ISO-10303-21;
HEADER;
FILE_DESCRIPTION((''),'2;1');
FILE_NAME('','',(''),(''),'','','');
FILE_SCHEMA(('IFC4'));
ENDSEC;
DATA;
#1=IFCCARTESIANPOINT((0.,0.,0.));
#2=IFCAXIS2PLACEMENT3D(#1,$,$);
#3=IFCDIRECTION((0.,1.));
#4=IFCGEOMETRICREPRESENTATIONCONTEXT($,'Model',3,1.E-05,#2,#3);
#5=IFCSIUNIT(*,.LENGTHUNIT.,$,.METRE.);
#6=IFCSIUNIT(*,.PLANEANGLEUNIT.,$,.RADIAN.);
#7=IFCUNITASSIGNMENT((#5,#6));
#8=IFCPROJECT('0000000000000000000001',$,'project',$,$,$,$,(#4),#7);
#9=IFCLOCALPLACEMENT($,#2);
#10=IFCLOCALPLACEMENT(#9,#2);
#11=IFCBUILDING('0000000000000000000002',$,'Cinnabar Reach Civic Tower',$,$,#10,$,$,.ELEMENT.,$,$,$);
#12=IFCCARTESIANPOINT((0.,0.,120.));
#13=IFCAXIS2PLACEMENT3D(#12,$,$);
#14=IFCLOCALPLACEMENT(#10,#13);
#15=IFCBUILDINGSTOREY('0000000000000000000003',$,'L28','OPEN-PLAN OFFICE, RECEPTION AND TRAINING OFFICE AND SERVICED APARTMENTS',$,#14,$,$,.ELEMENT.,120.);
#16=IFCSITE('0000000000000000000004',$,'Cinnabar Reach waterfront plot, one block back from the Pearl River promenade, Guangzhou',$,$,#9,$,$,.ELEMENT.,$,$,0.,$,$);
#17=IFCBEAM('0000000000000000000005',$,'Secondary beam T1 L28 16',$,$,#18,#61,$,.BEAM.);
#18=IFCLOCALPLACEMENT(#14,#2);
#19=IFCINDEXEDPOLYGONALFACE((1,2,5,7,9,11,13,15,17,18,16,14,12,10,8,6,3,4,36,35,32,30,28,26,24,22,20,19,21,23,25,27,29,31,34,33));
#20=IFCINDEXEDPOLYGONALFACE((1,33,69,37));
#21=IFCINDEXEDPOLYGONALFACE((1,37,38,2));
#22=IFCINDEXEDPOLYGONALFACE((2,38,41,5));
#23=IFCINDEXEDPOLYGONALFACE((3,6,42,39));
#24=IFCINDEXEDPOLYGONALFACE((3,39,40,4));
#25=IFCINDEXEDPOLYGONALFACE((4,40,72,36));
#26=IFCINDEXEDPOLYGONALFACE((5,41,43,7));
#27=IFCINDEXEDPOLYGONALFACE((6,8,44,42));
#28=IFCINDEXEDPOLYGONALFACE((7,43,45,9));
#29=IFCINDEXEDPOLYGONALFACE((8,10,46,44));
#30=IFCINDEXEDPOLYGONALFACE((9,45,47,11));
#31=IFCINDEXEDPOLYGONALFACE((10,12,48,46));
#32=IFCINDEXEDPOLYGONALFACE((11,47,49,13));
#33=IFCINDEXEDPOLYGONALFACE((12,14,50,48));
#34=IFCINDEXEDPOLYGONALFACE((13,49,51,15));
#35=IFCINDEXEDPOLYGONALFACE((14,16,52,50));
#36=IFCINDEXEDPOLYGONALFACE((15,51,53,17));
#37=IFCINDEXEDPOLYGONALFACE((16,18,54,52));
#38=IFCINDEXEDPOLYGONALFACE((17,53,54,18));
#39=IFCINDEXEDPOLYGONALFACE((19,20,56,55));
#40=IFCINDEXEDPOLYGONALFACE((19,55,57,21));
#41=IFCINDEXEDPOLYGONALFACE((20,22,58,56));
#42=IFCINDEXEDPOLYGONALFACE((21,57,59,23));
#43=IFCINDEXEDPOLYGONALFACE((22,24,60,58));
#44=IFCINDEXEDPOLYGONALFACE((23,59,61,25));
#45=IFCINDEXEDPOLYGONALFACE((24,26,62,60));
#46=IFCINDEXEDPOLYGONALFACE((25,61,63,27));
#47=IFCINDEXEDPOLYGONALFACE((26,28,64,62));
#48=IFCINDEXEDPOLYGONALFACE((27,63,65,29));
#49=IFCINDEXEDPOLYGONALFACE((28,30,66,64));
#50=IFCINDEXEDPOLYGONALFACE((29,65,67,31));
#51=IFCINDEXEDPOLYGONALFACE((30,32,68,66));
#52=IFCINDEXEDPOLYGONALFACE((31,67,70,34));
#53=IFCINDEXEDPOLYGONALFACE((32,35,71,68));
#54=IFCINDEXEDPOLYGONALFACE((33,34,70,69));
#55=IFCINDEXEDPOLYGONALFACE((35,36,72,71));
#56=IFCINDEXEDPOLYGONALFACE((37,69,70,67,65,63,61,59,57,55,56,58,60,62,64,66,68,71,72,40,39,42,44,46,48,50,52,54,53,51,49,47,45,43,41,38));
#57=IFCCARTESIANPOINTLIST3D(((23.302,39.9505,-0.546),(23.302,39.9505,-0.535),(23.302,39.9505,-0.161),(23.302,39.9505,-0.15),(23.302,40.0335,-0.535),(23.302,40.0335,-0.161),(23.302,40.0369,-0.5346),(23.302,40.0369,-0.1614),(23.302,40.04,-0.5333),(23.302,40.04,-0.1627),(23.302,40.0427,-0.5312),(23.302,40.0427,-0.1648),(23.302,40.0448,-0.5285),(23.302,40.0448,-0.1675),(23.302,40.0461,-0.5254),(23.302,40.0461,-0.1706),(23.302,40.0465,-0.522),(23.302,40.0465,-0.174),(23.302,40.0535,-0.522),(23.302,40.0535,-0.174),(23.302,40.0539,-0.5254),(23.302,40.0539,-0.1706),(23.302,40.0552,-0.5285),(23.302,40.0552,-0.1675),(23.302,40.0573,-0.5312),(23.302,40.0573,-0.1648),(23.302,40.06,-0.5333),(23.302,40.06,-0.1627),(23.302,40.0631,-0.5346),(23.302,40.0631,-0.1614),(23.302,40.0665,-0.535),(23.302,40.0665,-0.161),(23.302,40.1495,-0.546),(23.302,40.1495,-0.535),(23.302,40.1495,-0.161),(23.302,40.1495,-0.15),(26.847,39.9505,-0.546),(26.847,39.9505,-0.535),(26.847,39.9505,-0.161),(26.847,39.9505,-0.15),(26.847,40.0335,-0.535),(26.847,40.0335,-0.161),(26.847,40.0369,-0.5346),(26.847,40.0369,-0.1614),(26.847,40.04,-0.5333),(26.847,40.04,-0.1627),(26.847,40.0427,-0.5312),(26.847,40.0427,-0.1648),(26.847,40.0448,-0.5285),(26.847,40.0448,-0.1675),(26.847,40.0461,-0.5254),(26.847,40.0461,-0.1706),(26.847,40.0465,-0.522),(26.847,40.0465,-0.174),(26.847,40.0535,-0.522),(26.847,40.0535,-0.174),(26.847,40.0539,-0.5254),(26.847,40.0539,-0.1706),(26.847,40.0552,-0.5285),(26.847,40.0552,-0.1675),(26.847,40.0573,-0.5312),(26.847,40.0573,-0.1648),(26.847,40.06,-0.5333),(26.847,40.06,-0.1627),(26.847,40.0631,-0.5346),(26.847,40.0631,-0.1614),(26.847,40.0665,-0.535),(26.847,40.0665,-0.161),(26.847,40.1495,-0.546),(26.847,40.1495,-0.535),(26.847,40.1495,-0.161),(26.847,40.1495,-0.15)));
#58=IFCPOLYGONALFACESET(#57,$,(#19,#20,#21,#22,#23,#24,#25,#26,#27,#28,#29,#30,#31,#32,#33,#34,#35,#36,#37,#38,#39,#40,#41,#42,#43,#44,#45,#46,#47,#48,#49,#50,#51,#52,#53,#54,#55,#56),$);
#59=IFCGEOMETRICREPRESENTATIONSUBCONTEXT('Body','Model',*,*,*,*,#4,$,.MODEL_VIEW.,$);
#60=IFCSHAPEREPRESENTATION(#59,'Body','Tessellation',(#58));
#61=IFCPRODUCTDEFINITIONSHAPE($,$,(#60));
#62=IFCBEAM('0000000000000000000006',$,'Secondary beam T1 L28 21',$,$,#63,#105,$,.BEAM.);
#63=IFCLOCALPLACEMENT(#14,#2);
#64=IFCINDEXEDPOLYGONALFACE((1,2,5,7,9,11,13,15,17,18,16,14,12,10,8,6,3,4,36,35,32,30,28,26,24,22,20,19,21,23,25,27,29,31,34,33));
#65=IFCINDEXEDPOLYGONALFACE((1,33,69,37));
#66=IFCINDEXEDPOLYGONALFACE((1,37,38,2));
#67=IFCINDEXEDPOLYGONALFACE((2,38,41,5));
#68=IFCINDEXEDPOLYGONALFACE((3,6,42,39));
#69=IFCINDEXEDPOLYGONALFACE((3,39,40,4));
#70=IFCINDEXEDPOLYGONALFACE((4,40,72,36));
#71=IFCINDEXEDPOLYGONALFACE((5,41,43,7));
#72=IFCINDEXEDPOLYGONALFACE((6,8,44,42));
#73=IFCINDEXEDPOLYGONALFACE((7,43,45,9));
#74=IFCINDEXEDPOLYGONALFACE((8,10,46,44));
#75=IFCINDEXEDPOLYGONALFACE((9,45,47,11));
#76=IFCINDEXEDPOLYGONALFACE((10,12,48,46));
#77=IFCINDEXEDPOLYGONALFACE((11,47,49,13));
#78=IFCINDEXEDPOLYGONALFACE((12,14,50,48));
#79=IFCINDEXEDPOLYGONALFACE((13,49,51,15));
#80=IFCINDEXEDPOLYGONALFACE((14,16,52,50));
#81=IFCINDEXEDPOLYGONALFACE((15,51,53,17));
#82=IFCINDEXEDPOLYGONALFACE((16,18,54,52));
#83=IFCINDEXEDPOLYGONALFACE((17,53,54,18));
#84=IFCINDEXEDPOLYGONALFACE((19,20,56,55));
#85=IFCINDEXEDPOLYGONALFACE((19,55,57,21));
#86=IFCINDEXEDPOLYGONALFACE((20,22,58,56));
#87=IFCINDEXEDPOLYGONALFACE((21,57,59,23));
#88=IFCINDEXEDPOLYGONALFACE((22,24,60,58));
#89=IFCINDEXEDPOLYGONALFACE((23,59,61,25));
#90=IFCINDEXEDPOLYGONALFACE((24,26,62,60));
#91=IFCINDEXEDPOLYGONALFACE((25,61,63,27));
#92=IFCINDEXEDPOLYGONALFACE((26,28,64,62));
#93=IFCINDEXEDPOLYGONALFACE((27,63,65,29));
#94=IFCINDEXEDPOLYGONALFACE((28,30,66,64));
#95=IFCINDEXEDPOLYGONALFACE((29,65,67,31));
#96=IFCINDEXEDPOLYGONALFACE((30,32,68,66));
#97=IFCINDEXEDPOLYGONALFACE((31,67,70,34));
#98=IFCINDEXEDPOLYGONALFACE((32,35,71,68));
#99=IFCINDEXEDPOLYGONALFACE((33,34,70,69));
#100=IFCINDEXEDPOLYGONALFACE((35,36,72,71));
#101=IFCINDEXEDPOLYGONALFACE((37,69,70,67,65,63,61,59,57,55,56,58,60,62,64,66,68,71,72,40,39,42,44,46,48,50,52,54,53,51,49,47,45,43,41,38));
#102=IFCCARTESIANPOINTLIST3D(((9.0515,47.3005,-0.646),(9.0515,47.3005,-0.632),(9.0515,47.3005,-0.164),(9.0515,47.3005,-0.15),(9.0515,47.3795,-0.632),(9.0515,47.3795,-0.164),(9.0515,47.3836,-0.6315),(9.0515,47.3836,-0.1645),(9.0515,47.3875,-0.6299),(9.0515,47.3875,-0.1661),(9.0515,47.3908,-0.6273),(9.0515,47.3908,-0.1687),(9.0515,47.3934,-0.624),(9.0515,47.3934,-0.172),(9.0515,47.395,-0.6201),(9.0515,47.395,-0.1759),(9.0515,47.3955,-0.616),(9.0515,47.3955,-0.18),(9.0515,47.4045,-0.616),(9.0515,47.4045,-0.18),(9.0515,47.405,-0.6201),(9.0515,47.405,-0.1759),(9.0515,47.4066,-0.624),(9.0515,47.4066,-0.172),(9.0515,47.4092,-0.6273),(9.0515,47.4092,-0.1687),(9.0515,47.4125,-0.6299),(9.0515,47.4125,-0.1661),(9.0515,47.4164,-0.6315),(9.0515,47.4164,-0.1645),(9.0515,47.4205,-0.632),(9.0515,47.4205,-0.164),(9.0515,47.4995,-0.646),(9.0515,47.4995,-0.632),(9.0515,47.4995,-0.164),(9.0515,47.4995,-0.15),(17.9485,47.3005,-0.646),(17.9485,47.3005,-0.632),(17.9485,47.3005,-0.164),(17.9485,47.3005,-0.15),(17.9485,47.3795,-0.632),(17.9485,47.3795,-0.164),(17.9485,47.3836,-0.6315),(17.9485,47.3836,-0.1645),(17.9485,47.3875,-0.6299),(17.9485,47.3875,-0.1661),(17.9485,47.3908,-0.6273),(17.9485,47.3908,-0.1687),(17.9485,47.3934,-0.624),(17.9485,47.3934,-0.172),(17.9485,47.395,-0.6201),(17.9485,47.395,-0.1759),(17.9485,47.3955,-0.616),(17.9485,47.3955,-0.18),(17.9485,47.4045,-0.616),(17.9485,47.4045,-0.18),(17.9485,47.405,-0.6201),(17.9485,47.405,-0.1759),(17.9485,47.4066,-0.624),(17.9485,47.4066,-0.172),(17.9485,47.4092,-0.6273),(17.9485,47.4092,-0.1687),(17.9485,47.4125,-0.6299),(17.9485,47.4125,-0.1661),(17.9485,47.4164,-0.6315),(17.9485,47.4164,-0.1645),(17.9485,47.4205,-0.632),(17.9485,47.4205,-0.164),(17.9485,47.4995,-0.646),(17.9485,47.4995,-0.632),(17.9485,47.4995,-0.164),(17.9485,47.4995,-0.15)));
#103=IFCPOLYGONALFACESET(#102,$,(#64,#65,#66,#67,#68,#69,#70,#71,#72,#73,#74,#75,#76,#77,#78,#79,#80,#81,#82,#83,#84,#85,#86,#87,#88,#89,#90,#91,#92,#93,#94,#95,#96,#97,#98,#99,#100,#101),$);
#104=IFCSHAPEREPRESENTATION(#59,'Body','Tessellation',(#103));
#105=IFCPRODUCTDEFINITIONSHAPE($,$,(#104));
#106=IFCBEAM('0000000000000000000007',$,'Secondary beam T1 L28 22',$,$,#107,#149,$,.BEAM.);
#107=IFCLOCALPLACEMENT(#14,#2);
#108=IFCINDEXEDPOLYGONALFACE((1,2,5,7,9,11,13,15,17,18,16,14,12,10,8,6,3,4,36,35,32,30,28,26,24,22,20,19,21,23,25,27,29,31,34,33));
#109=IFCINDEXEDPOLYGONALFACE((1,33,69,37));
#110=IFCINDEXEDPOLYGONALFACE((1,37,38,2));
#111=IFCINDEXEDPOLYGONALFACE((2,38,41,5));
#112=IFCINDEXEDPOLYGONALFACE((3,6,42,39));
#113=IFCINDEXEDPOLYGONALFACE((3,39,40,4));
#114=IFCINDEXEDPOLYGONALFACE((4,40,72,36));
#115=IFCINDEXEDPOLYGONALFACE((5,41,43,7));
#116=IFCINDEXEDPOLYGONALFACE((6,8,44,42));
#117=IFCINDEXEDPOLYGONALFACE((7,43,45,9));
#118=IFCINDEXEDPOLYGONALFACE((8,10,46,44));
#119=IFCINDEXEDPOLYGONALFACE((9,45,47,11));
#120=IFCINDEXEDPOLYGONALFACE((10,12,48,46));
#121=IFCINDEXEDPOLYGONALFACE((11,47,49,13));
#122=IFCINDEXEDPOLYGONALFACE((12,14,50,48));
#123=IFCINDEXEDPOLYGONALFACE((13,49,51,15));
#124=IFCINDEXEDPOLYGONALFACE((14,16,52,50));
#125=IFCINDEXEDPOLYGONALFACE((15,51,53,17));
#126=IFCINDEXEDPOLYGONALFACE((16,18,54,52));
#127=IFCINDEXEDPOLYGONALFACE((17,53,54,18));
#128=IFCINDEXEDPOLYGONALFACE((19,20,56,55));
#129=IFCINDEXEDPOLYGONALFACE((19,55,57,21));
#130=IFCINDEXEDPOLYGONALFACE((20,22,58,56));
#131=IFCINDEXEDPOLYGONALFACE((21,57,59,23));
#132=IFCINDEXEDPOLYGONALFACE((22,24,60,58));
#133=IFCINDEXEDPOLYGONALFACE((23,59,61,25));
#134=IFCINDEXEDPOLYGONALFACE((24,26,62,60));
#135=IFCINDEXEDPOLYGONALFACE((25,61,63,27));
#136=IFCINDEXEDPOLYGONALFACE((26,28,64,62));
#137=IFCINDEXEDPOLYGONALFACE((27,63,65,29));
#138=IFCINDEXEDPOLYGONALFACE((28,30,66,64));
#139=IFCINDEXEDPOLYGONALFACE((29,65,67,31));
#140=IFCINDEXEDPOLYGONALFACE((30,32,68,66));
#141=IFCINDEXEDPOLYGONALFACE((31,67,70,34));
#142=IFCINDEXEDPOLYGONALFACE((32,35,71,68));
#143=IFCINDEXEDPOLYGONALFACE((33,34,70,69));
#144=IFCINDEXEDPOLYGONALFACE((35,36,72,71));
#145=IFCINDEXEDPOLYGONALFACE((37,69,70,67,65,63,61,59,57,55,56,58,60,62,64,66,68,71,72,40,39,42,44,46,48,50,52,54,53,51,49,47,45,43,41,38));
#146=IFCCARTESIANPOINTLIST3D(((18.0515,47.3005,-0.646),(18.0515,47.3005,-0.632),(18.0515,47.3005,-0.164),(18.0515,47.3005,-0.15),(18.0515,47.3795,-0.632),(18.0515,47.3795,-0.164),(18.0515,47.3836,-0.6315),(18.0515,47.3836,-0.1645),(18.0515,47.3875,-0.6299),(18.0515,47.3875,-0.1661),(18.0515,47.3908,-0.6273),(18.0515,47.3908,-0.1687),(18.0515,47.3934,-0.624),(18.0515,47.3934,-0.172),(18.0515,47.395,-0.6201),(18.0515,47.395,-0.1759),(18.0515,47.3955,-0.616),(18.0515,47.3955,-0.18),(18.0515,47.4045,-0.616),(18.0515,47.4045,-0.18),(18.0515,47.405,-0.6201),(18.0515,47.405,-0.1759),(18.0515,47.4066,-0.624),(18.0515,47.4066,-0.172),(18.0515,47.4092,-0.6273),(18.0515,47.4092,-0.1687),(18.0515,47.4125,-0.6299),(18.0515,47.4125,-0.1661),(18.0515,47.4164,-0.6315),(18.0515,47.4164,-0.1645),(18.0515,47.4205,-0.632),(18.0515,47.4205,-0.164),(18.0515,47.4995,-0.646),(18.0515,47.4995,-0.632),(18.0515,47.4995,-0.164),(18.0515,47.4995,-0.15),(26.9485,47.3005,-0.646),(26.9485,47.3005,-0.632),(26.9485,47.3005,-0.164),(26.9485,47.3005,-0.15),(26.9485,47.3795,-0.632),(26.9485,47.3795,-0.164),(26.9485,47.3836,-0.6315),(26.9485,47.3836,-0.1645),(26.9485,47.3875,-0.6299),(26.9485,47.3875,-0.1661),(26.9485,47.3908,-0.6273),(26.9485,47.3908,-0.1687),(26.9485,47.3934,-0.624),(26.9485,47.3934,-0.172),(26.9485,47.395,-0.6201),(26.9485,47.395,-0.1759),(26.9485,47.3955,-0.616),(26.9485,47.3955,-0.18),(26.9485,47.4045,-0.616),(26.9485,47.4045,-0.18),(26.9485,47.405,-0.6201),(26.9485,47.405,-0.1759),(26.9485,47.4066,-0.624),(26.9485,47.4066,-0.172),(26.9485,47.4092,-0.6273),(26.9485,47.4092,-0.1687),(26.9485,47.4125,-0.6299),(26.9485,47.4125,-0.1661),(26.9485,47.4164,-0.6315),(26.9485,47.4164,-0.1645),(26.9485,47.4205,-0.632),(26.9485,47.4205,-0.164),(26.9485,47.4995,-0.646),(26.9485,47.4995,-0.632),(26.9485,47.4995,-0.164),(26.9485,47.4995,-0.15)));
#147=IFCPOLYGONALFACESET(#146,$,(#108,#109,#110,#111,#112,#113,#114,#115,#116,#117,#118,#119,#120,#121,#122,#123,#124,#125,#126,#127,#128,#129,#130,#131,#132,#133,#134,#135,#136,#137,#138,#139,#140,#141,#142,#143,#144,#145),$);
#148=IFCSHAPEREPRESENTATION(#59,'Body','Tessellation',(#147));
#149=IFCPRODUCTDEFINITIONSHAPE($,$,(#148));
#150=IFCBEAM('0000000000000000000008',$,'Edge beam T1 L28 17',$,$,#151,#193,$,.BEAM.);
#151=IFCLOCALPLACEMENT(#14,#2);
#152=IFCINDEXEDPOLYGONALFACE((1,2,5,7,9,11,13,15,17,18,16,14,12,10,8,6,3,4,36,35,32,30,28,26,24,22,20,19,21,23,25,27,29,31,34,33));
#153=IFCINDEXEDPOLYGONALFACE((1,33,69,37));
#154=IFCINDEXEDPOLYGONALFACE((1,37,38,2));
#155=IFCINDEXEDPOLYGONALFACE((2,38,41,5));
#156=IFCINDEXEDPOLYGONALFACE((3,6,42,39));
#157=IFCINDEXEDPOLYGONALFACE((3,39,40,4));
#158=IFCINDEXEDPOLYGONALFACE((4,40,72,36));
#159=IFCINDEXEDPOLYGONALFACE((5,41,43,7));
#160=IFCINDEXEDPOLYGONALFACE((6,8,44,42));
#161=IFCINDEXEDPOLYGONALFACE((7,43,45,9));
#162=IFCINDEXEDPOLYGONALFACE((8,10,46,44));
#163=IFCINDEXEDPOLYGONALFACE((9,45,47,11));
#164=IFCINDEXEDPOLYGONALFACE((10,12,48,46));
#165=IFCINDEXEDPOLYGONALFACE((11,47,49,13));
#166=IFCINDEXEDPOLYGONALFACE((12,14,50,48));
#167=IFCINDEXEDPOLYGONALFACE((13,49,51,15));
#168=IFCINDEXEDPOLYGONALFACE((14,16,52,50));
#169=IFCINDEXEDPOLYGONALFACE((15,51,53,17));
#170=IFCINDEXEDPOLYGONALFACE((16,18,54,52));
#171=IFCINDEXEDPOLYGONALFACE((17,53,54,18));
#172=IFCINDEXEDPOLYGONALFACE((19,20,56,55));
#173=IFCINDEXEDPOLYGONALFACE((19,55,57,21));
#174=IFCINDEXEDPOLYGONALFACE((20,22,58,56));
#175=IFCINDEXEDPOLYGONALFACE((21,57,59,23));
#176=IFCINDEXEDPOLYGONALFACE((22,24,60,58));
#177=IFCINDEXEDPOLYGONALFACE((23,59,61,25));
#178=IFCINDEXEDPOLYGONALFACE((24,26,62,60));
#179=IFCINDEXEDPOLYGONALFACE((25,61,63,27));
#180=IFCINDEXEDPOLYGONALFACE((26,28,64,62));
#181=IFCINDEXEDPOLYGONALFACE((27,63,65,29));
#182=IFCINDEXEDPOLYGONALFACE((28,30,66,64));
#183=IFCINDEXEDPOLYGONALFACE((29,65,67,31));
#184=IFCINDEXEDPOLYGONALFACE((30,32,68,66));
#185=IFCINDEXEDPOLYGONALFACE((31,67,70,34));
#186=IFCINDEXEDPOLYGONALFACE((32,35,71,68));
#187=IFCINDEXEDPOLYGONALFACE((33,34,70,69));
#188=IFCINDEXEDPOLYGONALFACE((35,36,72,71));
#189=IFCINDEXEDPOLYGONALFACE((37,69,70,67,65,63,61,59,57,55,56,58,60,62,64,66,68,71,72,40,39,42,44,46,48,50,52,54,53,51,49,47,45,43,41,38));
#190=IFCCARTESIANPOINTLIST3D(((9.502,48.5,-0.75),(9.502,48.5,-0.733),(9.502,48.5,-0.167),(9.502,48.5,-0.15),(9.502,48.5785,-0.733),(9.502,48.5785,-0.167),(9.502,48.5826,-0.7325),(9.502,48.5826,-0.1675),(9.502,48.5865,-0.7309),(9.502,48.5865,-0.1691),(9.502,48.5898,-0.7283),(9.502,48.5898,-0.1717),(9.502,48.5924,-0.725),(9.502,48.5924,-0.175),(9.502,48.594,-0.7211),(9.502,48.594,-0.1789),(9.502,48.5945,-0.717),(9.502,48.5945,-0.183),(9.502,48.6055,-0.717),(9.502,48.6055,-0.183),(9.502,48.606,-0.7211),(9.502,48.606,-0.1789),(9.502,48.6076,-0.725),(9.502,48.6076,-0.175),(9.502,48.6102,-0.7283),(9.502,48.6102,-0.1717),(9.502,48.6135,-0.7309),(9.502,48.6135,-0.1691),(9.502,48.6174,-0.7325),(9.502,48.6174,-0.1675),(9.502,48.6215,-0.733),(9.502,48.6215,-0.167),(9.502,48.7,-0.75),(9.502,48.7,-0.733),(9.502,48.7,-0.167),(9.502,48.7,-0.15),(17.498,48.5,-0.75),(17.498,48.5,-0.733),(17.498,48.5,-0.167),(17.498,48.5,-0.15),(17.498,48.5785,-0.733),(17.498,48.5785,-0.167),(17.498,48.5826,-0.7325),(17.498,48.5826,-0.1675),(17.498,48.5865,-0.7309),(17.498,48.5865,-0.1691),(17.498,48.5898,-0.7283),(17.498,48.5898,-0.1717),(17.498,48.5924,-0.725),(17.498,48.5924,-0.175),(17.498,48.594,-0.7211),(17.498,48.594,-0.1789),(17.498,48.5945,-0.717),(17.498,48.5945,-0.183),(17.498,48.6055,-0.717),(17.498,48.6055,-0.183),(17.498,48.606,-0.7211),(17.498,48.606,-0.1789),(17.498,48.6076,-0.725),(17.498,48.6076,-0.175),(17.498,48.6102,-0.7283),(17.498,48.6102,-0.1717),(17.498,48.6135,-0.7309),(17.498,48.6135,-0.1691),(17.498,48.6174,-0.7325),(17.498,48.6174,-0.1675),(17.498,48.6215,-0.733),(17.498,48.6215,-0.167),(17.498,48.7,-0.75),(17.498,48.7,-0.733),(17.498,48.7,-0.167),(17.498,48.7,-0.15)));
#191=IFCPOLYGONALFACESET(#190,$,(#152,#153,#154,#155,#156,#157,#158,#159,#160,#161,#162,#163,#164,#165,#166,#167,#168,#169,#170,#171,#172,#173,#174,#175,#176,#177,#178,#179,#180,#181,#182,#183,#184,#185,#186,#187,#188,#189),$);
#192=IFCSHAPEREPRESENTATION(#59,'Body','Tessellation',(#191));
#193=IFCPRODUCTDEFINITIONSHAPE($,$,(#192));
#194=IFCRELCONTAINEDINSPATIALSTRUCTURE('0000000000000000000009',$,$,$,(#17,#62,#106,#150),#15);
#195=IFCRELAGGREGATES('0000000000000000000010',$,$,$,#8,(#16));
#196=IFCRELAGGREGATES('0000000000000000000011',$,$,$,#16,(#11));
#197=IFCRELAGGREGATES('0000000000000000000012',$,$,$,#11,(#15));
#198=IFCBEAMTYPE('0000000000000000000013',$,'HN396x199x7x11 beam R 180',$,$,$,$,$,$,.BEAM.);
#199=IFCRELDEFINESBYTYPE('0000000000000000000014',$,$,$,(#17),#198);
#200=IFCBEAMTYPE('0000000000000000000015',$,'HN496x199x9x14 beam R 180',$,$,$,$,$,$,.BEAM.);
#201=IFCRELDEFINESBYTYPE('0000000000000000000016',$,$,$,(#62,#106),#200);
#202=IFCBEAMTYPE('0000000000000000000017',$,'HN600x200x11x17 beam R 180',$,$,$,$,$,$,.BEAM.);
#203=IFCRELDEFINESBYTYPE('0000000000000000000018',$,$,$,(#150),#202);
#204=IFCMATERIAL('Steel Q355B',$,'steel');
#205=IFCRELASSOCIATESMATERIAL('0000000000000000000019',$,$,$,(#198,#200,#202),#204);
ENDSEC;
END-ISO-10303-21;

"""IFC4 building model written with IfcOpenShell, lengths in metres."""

from ifc_helpers import new_model, si_unit, direction, frame, origin, origin_2d, place, context, subcontext, project, spatial, i_section, extrude, material, material_profile, profile_set, type_object, element, save


model = new_model("IFC4")

# Units and contexts
model_context = context("Model", 3, precision=1e-05, world=origin(), true_north=direction((0.0, 1.0)))
body_context = subcontext(model_context, "Body", "Model", "MODEL_VIEW")
ifc_project = project(units=[si_unit("LENGTHUNIT", "METRE"), si_unit("PLANEANGLEUNIT", "RADIAN")], contexts=[model_context])

# Site, building, storey
site_placement = place(None, origin())
site = spatial("IfcSite", under=ifc_project, at=site_placement, Name="Cinnabar Reach waterfront plot, one block back from the Pearl River promenade, Guangzhou", CompositionType="ELEMENT", RefElevation=0.0)
building_placement = place(site_placement, origin())
building = spatial("IfcBuilding", under=site, at=building_placement, Name="Cinnabar Reach Civic Tower", CompositionType="ELEMENT")
storey_placement = place(building_placement, frame((0.0, 0.0, 120.0)))
storey = spatial("IfcBuildingStorey", under=building, at=storey_placement, Name="L28", Description="OPEN-PLAN OFFICE, RECEPTION AND TRAINING OFFICE AND SERVICED APARTMENTS", CompositionType="ELEMENT", Elevation=120.0)

# Beams
ifc_material_1 = material(Name="Steel Q355B", Category="steel")
ifc_material_profile_1 = material_profile(ifc_material_1, i_section(OverallWidth=0.199, OverallDepth=0.396, WebThickness=0.007, FlangeThickness=0.011, FilletRadius=0.013, at=origin_2d()), Name="HN396x199x7x11")
ifc_profile_set_1 = profile_set([ifc_material_profile_1], Name="Steel Q355B")
beam_type_1 = type_object("IfcBeamType", Name="HN396x199x7x11 beam R 180", PredefinedType="BEAM", material=ifc_profile_set_1)
for number, where, z_axis, x_axis, name in (
    (1, (23.302, 40.05, -0.348), (1.0, 0.0, 0.0), (0.0, 1.0, 0.0), "Secondary beam T1 L28 16"),
):
    element("IfcBeam", number, at=place(storey_placement, frame(where, z_axis=z_axis, x_axis=x_axis)), inside=storey, type_object=beam_type_1, Name=name, PredefinedType="BEAM", context=body_context, shape_type="SweptSolid", body=[
        extrude(i_section(OverallWidth=0.199, OverallDepth=0.396, WebThickness=0.007, FlangeThickness=0.011, FilletRadius=0.013, at=origin_2d()), origin(), (0.0, 0.0, 1.0), 3.545),
    ])
ifc_material_profile_2 = material_profile(ifc_material_1, i_section(OverallWidth=0.199, OverallDepth=0.496, WebThickness=0.009, FlangeThickness=0.014, FilletRadius=0.016, at=origin_2d()), Name="HN496x199x9x14")
ifc_profile_set_2 = profile_set([ifc_material_profile_2], Name="Steel Q355B")
beam_type_2 = type_object("IfcBeamType", Name="HN496x199x9x14 beam R 180", PredefinedType="BEAM", material=ifc_profile_set_2)
for number, where, z_axis, x_axis, name in (
    (2, (9.0515, 47.4, -0.398), (1.0, 0.0, 0.0), (0.0, 1.0, 0.0), "Secondary beam T1 L28 21"),
    (3, (18.0515, 47.4, -0.398), (1.0, 0.0, 0.0), (0.0, 1.0, 0.0), "Secondary beam T1 L28 22"),
):
    element("IfcBeam", number, at=place(storey_placement, frame(where, z_axis=z_axis, x_axis=x_axis)), inside=storey, type_object=beam_type_2, Name=name, PredefinedType="BEAM", context=body_context, shape_type="SweptSolid", body=[
        extrude(i_section(OverallWidth=0.199, OverallDepth=0.496, WebThickness=0.009, FlangeThickness=0.014, FilletRadius=0.016, at=origin_2d()), origin(), (0.0, 0.0, 1.0), 8.897),
    ])
ifc_material_profile_3 = material_profile(ifc_material_1, i_section(OverallWidth=0.2, OverallDepth=0.6, WebThickness=0.011, FlangeThickness=0.017, FilletRadius=0.016, at=origin_2d()), Name="HN600x200x11x17")
ifc_profile_set_3 = profile_set([ifc_material_profile_3], Name="Steel Q355B")
beam_type_3 = type_object("IfcBeamType", Name="HN600x200x11x17 beam R 180", PredefinedType="BEAM", material=ifc_profile_set_3)
beam_1_placement = place(storey_placement, frame((17.498, 48.6, -0.45), z_axis=(-1.0, 0.0, 0.0), x_axis=(0.0, -1.0, 0.0)))
element("IfcBeam", 4, at=beam_1_placement, inside=storey, type_object=beam_type_3, Name="Edge beam T1 L28 17", PredefinedType="BEAM", context=body_context, shape_type="SweptSolid", body=[
    extrude(i_section(OverallWidth=0.2, OverallDepth=0.6, WebThickness=0.011, FlangeThickness=0.017, FilletRadius=0.016, at=origin_2d()), origin(), (0.0, 0.0, 1.0), 7.996),
])

save(model, "model.ifc")
